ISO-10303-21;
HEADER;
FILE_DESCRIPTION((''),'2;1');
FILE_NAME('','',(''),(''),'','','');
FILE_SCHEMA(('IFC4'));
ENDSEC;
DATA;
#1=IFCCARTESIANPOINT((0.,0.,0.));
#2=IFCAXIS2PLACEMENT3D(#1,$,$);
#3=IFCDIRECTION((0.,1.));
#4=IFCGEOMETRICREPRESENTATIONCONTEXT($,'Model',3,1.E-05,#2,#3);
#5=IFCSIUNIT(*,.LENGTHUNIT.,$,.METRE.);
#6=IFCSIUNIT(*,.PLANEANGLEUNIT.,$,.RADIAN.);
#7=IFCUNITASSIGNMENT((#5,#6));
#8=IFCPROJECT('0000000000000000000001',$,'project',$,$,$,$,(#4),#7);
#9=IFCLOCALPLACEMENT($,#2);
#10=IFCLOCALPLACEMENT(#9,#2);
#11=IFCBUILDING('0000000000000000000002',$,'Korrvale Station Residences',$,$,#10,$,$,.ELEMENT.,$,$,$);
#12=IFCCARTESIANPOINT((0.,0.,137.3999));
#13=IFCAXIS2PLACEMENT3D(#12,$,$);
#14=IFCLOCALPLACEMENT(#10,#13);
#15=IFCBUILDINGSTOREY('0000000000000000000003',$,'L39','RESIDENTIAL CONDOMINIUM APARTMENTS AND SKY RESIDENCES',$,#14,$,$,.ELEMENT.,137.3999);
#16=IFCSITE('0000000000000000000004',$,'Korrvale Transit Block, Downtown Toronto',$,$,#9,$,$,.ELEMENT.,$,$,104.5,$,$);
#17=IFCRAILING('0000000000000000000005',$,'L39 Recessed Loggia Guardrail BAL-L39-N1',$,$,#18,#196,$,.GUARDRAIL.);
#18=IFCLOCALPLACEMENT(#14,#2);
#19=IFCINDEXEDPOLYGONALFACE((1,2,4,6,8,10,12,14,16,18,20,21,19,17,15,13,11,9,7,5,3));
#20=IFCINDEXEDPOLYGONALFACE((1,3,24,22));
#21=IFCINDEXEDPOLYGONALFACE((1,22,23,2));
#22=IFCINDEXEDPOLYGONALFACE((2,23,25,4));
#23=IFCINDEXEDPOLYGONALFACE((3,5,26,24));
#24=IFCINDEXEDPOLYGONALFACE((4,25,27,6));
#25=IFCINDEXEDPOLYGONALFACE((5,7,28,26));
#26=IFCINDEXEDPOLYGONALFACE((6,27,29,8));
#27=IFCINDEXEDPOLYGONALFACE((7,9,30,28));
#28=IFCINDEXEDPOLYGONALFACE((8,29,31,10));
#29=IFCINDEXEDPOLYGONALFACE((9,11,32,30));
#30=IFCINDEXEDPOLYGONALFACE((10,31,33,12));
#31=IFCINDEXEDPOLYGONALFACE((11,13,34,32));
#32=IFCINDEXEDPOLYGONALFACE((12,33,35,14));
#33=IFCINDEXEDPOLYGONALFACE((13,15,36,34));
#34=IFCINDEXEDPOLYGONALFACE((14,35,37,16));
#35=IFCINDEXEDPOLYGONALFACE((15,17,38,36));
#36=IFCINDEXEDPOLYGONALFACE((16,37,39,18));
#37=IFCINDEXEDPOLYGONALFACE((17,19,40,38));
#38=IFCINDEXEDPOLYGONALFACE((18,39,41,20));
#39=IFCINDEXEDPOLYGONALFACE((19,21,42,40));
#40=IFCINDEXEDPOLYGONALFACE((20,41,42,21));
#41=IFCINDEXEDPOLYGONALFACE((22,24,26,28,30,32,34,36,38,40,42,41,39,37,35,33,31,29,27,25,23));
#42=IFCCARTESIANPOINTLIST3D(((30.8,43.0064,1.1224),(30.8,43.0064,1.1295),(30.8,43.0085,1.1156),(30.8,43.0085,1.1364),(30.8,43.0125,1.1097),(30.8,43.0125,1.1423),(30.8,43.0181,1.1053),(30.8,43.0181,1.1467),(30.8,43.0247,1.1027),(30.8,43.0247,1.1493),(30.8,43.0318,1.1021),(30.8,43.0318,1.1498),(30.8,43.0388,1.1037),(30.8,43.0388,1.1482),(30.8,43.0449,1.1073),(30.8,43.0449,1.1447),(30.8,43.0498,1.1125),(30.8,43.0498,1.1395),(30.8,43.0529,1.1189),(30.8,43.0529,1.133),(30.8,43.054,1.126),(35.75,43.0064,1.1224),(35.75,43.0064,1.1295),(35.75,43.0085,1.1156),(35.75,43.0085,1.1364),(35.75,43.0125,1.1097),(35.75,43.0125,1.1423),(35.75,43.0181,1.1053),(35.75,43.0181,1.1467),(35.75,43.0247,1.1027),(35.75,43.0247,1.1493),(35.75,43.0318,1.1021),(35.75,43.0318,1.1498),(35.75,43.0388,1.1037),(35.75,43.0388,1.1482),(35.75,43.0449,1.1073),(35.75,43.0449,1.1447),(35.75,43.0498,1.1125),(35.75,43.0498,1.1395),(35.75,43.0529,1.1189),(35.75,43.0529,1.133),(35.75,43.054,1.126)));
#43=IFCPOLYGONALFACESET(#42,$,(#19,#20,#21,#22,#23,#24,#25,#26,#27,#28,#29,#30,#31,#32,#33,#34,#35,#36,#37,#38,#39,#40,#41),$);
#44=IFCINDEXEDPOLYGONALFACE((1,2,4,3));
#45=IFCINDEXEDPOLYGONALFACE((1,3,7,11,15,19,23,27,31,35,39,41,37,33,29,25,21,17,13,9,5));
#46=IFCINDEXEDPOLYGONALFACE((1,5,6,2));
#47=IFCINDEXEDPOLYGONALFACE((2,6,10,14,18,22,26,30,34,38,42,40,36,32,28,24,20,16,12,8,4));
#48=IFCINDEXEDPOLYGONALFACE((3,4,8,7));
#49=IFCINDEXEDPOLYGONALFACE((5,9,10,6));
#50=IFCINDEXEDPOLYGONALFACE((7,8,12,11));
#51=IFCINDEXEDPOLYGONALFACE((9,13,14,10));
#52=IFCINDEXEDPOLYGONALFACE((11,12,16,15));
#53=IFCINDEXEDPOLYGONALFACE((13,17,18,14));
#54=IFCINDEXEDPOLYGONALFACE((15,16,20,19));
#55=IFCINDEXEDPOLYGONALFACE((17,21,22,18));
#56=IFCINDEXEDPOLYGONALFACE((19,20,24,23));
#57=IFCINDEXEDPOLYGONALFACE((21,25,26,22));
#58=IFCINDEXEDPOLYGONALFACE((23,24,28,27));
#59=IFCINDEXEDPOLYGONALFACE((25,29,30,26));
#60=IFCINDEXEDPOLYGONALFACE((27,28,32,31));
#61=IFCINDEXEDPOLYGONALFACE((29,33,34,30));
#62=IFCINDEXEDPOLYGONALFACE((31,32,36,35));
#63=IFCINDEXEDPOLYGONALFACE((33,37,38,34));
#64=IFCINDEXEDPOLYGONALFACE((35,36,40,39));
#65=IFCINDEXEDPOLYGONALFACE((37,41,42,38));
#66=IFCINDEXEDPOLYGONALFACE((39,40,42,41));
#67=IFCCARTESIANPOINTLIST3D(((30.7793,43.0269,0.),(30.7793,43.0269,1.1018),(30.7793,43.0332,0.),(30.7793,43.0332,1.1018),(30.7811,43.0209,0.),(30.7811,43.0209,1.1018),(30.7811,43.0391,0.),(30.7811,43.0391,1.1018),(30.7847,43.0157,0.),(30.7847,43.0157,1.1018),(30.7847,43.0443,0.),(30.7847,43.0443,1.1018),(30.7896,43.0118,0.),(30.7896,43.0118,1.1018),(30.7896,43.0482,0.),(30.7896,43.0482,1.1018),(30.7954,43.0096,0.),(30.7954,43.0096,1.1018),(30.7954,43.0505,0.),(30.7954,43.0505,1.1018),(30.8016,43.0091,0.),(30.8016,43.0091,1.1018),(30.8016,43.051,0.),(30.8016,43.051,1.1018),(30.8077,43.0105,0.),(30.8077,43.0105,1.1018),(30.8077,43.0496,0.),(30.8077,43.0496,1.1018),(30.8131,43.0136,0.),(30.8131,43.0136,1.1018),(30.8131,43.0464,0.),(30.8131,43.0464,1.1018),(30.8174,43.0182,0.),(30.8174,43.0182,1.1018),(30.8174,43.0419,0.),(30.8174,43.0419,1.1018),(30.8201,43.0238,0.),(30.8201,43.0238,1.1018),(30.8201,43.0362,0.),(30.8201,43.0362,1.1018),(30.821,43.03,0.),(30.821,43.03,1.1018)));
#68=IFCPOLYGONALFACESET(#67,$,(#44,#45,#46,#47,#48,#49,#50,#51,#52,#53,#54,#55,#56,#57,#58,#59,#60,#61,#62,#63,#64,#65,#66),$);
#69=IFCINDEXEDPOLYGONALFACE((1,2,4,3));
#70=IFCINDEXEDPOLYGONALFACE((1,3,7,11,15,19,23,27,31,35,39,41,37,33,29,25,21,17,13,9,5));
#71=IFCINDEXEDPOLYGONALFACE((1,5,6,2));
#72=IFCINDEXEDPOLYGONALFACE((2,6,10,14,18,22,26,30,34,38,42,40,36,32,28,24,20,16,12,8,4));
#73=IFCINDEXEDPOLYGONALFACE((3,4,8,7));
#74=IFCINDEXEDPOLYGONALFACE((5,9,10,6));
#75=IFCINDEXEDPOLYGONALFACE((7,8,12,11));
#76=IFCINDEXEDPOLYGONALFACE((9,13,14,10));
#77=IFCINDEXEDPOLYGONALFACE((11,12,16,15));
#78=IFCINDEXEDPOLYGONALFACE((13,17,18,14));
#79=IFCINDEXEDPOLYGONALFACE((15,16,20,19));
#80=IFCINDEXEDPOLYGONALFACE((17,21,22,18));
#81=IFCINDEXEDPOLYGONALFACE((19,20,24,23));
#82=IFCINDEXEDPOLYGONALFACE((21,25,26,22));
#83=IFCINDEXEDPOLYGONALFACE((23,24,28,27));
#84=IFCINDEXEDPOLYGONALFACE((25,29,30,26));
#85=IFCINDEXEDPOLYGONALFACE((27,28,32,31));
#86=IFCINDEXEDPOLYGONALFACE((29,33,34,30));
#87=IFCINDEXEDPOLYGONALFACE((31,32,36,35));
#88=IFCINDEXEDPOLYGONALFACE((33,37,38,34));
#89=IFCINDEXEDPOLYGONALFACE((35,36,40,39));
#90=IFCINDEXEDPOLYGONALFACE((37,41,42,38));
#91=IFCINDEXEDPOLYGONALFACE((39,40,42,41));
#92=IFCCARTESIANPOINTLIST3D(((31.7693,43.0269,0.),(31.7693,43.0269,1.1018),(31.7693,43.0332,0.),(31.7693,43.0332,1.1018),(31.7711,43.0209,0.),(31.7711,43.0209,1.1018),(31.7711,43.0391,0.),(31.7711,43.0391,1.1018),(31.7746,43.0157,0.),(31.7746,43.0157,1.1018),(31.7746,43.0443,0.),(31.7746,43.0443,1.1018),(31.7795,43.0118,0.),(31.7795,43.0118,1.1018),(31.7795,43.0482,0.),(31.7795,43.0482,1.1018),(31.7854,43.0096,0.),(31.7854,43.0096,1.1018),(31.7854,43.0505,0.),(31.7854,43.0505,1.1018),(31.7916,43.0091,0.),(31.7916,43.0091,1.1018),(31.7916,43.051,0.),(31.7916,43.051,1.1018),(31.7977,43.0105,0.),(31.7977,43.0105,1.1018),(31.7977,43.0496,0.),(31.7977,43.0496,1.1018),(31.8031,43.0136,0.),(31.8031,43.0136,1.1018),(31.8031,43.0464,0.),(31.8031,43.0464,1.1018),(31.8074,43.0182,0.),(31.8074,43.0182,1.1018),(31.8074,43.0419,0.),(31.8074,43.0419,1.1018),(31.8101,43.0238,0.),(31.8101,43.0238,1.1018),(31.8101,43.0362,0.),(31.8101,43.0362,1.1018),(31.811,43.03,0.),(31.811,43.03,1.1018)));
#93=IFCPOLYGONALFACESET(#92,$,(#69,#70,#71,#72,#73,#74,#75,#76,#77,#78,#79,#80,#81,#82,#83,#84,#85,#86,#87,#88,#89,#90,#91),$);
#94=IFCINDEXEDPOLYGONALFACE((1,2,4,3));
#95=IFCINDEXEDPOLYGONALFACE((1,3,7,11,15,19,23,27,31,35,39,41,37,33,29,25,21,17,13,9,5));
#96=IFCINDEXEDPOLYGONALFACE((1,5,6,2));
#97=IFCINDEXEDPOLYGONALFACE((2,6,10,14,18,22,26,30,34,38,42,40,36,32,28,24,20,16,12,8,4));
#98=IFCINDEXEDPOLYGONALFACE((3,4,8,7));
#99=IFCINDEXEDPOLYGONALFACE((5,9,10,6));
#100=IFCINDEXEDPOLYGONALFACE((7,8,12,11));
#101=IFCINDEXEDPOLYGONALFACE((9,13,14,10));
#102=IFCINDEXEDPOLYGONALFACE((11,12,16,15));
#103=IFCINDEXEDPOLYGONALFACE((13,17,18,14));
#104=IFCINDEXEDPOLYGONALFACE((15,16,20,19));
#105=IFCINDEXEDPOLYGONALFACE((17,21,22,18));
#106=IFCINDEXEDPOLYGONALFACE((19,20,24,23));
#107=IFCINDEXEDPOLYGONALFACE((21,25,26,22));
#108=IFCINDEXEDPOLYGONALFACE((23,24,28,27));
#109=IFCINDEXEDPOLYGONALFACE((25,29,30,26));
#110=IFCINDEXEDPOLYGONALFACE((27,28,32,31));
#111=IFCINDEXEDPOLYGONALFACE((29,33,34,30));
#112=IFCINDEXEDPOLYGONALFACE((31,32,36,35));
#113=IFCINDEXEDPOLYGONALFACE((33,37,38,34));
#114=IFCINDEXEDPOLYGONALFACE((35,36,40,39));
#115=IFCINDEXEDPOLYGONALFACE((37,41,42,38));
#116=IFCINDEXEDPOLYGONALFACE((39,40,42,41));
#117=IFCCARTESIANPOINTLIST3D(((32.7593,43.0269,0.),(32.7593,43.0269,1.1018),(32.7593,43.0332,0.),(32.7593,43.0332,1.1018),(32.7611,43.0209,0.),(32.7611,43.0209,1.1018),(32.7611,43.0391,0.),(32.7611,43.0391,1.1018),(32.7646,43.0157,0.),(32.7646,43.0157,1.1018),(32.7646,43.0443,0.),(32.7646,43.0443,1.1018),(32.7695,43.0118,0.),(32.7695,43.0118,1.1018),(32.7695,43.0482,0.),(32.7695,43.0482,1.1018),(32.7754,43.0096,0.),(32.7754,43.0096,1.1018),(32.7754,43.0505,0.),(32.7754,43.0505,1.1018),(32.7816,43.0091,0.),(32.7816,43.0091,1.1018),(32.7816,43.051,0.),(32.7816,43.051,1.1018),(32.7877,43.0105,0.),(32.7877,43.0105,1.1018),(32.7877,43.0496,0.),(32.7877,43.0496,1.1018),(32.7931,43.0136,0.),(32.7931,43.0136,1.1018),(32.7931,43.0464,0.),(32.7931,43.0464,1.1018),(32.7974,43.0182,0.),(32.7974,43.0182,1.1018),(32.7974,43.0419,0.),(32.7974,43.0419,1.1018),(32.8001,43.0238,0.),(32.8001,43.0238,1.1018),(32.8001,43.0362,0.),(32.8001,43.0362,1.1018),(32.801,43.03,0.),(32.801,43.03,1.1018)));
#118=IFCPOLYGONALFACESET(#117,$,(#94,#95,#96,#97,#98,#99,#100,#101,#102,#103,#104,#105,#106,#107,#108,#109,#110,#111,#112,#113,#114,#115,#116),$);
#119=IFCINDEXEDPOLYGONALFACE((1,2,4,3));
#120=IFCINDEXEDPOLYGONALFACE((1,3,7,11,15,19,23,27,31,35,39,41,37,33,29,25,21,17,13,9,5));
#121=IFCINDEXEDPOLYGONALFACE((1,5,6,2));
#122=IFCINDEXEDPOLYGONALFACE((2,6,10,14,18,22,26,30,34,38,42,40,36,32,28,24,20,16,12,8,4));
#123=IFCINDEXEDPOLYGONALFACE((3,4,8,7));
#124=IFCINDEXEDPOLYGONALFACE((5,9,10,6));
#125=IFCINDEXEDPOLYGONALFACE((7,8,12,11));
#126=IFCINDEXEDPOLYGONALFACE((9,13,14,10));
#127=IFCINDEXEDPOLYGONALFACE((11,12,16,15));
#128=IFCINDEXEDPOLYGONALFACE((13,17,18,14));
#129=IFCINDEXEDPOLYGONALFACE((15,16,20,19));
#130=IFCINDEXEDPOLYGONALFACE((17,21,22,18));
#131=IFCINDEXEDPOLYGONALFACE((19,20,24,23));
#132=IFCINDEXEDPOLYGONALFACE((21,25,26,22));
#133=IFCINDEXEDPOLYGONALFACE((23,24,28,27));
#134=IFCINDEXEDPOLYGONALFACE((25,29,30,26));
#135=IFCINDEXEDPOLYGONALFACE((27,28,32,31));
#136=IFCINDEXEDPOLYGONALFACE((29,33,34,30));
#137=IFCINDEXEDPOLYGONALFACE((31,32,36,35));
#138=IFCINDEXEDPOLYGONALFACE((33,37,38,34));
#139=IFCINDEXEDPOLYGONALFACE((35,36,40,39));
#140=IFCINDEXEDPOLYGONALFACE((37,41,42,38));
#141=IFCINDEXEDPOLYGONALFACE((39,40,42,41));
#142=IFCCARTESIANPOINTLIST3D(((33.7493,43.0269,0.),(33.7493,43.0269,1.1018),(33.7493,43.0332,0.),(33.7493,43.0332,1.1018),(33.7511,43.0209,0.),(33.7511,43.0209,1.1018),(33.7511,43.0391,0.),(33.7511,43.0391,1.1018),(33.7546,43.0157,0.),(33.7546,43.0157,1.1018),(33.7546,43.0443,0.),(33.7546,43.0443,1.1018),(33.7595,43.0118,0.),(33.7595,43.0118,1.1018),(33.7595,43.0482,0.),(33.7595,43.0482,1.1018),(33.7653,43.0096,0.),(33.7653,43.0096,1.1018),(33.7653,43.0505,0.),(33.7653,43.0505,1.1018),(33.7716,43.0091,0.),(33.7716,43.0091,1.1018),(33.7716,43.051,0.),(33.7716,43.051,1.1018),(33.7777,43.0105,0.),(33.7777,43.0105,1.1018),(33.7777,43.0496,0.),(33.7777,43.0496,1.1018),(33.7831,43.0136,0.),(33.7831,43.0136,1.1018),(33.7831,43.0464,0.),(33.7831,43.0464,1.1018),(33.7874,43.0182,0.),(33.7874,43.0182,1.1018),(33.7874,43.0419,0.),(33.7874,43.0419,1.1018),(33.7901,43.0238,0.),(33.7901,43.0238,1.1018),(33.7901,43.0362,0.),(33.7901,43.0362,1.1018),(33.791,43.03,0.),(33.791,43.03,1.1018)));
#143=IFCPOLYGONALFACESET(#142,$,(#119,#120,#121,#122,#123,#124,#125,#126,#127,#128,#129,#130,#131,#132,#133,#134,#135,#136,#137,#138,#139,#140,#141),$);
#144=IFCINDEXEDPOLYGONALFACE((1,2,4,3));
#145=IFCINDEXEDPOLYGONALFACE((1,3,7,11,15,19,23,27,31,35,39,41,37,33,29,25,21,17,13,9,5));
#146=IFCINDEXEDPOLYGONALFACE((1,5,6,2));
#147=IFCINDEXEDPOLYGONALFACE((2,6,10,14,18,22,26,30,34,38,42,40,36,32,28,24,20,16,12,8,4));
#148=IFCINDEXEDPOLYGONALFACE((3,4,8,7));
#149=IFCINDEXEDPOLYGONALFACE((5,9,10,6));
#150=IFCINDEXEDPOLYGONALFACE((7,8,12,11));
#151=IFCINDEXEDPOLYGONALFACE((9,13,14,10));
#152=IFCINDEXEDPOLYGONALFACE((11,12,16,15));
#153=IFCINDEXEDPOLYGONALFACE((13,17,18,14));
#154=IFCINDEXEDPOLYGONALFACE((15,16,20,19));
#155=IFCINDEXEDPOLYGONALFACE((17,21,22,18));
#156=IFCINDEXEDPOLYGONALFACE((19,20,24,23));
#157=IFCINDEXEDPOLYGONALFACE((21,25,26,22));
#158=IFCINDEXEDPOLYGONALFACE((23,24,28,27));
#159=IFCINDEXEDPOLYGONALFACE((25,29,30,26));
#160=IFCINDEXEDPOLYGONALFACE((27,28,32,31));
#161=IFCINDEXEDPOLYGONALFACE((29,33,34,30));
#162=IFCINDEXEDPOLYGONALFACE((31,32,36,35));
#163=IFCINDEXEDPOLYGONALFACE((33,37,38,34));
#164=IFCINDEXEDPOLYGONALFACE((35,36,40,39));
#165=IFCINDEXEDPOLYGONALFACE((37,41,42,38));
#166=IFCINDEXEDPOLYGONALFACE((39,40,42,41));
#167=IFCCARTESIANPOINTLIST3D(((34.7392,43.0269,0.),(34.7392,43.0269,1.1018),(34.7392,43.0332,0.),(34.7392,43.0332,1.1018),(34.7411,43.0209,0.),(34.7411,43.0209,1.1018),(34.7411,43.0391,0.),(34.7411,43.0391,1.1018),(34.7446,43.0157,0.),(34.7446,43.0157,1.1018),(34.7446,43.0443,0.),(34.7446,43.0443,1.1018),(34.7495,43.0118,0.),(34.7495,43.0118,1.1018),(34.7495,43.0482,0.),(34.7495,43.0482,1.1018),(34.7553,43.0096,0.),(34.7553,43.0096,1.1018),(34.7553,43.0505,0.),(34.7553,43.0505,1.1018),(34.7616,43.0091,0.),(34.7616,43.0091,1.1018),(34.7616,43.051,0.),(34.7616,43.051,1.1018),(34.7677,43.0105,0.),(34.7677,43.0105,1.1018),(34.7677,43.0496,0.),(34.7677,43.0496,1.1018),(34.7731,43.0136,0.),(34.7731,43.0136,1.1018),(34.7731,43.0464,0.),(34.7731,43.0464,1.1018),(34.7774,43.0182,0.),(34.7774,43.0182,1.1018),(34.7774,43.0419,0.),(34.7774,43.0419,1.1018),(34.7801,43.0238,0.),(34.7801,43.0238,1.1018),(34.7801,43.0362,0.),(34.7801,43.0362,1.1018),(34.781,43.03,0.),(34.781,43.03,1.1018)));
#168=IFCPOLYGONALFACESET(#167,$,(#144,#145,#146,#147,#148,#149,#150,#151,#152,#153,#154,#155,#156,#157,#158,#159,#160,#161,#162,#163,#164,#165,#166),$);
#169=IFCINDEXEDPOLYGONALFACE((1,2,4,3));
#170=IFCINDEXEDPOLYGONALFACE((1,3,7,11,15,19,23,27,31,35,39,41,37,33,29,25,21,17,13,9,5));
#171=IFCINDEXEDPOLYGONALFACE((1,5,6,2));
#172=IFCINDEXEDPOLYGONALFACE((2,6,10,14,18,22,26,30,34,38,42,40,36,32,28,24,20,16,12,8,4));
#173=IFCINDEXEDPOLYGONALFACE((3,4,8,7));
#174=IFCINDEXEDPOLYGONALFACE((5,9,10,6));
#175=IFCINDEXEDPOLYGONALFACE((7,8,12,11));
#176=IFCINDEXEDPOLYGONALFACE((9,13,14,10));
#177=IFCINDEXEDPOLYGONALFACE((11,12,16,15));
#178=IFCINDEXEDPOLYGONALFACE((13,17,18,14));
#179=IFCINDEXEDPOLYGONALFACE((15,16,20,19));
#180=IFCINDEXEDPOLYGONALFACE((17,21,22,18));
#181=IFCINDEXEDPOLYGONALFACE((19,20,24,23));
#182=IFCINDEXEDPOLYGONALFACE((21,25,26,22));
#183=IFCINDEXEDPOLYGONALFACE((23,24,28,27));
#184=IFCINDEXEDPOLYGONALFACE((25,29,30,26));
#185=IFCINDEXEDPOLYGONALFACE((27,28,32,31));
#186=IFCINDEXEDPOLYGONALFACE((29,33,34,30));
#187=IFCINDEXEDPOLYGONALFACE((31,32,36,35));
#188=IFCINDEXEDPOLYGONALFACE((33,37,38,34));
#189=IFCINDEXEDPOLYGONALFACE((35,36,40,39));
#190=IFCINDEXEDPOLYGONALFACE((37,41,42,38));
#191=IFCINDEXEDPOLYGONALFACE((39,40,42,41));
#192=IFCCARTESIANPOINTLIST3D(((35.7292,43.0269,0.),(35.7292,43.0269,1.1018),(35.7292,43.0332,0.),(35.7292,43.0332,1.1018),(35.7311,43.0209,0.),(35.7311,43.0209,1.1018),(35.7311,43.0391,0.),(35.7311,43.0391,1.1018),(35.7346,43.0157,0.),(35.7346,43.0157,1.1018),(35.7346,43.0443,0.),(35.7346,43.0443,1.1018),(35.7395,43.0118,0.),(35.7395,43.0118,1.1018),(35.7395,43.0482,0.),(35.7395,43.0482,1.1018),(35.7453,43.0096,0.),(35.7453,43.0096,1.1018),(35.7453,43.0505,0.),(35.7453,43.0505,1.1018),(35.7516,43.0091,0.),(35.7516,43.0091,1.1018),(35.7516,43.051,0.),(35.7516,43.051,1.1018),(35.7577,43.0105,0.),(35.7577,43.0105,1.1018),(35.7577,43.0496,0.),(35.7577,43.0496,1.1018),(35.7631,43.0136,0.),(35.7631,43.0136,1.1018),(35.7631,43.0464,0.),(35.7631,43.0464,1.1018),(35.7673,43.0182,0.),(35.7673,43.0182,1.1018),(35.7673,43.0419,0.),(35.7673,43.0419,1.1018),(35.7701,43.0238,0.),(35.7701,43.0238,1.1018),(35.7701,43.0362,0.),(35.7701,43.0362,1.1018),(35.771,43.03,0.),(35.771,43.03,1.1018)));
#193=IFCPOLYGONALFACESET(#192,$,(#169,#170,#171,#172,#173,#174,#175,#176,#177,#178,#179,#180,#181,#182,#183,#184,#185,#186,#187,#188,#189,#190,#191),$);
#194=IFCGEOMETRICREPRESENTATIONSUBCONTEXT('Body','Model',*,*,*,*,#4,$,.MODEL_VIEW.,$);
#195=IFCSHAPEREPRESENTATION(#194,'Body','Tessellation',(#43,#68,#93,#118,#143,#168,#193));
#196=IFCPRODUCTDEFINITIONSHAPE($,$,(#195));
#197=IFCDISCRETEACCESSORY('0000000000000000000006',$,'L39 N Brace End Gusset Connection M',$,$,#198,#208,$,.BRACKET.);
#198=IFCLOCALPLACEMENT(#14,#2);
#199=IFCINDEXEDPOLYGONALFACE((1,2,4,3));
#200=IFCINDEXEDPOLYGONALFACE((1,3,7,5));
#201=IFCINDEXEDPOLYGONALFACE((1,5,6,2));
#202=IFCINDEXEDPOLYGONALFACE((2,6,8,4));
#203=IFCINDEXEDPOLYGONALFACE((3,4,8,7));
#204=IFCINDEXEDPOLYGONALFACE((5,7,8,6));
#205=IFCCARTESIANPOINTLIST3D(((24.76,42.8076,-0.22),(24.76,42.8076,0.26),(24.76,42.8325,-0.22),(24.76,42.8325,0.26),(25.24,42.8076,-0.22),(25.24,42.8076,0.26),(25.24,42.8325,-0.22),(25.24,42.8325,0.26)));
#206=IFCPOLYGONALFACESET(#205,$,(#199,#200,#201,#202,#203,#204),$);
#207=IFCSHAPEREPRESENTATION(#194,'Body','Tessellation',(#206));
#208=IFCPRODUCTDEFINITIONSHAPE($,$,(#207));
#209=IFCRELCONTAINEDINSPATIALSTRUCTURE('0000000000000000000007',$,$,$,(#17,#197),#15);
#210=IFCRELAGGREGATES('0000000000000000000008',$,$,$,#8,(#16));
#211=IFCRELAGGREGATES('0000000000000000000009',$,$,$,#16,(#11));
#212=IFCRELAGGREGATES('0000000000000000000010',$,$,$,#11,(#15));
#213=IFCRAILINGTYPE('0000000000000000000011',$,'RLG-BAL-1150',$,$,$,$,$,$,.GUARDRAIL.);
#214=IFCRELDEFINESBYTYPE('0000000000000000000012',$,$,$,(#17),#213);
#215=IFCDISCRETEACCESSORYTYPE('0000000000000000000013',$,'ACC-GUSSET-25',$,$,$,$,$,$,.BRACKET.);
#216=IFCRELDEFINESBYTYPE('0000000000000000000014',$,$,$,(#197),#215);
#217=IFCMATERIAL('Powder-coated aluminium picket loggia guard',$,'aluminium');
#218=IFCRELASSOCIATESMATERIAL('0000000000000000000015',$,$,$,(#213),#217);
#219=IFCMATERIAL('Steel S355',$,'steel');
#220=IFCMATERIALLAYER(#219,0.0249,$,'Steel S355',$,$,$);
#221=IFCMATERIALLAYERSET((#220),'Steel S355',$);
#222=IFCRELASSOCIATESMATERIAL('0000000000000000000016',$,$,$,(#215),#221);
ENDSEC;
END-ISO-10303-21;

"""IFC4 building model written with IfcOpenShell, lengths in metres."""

from ifc_helpers import new_model, si_unit, direction, frame, origin, origin_2d, place, context, subcontext, project, spatial, rectangle, circle, extrude, material, layer, layer_set, type_object, element, save


model = new_model("IFC4")

# Units and contexts
model_context = context("Model", 3, precision=1e-05, world=origin(), true_north=direction((0.0, 1.0)))
body_context = subcontext(model_context, "Body", "Model", "MODEL_VIEW")
ifc_project = project(units=[si_unit("LENGTHUNIT", "METRE"), si_unit("PLANEANGLEUNIT", "RADIAN")], contexts=[model_context])

# Site, building, storey
site_placement = place(None, origin())
site = spatial("IfcSite", under=ifc_project, at=site_placement, Name="Korrvale Transit Block, Downtown Toronto", CompositionType="ELEMENT", RefElevation=104.5)
building_placement = place(site_placement, origin())
building = spatial("IfcBuilding", under=site, at=building_placement, Name="Korrvale Station Residences", CompositionType="ELEMENT")
storey_placement = place(building_placement, frame((0.0, 0.0, 137.3999)))
storey = spatial("IfcBuildingStorey", under=building, at=storey_placement, Name="L39", Description="RESIDENTIAL CONDOMINIUM APARTMENTS AND SKY RESIDENCES", CompositionType="ELEMENT", Elevation=137.3999)

# Shared definitions
ifc_material_1 = material(Name="Steel S355", Category="steel")

# Railing
ifc_material_2 = material(Name="Powder-coated aluminium picket loggia guard", Category="aluminium")
railing_type = type_object("IfcRailingType", Name="RLG-BAL-1150", PredefinedType="GUARDRAIL", material=ifc_material_2)
railing_placement = place(storey_placement, frame((30.8, 43.03, 0.0)))
element("IfcRailing", 1, at=railing_placement, inside=storey, type_object=railing_type, Name="L39 Recessed Loggia Guardrail BAL-L39-N1", PredefinedType="GUARDRAIL", context=body_context, shape_type="SweptSolid", body=[
    extrude(circle(Radius=0.0239, at=origin_2d()), frame((0.0, 0.0, 1.126), z_axis=(1.0, 0.0, 0.0), x_axis=(0.0, 1.0, 0.0)), (0.0, 0.0, 1.0), 4.95),
    extrude(circle(Radius=0.021, at=origin_2d()), origin(), (0.0, 0.0, 1.0), 1.1018),
    extrude(circle(Radius=0.021, at=origin_2d()), frame((0.99, 0.0, 0.0)), (0.0, 0.0, 1.0), 1.1018),
    extrude(circle(Radius=0.021, at=origin_2d()), frame((1.98, 0.0, 0.0)), (0.0, 0.0, 1.0), 1.1018),
    extrude(circle(Radius=0.021, at=origin_2d()), frame((2.97, 0.0, 0.0)), (0.0, 0.0, 1.0), 1.1018),
    extrude(circle(Radius=0.021, at=origin_2d()), frame((3.96, 0.0, 0.0)), (0.0, 0.0, 1.0), 1.1018),
    extrude(circle(Radius=0.021, at=origin_2d()), frame((4.95, 0.0, 0.0)), (0.0, 0.0, 1.0), 1.1018),
])

# Discrete accessory
ifc_layer_1 = layer(ifc_material_1, 0.0249, Name="Steel S355")
ifc_layer_set_1 = layer_set([ifc_layer_1], Name="Steel S355")
discrete_accessory_type = type_object("IfcDiscreteAccessoryType", Name="ACC-GUSSET-25", PredefinedType="BRACKET", material=ifc_layer_set_1)
for number, where, z_axis, x_axis, name in (
    (2, (25.0, 42.8201, -0.22), (0.0, 0.0, 1.0), (1.0, 0.0, 0.0), "L39 N Brace End Gusset Connection M"),
):
    element("IfcDiscreteAccessory", number, at=place(storey_placement, frame(where, z_axis=z_axis, x_axis=x_axis)), inside=storey, type_object=discrete_accessory_type, Name=name, PredefinedType="BRACKET", context=body_context, shape_type="SweptSolid", body=[
        extrude(rectangle(XDim=0.48, YDim=0.0249, at=origin_2d()), origin(), (0.0, 0.0, 1.0), 0.48),
    ])

save(model, "model.ifc")
